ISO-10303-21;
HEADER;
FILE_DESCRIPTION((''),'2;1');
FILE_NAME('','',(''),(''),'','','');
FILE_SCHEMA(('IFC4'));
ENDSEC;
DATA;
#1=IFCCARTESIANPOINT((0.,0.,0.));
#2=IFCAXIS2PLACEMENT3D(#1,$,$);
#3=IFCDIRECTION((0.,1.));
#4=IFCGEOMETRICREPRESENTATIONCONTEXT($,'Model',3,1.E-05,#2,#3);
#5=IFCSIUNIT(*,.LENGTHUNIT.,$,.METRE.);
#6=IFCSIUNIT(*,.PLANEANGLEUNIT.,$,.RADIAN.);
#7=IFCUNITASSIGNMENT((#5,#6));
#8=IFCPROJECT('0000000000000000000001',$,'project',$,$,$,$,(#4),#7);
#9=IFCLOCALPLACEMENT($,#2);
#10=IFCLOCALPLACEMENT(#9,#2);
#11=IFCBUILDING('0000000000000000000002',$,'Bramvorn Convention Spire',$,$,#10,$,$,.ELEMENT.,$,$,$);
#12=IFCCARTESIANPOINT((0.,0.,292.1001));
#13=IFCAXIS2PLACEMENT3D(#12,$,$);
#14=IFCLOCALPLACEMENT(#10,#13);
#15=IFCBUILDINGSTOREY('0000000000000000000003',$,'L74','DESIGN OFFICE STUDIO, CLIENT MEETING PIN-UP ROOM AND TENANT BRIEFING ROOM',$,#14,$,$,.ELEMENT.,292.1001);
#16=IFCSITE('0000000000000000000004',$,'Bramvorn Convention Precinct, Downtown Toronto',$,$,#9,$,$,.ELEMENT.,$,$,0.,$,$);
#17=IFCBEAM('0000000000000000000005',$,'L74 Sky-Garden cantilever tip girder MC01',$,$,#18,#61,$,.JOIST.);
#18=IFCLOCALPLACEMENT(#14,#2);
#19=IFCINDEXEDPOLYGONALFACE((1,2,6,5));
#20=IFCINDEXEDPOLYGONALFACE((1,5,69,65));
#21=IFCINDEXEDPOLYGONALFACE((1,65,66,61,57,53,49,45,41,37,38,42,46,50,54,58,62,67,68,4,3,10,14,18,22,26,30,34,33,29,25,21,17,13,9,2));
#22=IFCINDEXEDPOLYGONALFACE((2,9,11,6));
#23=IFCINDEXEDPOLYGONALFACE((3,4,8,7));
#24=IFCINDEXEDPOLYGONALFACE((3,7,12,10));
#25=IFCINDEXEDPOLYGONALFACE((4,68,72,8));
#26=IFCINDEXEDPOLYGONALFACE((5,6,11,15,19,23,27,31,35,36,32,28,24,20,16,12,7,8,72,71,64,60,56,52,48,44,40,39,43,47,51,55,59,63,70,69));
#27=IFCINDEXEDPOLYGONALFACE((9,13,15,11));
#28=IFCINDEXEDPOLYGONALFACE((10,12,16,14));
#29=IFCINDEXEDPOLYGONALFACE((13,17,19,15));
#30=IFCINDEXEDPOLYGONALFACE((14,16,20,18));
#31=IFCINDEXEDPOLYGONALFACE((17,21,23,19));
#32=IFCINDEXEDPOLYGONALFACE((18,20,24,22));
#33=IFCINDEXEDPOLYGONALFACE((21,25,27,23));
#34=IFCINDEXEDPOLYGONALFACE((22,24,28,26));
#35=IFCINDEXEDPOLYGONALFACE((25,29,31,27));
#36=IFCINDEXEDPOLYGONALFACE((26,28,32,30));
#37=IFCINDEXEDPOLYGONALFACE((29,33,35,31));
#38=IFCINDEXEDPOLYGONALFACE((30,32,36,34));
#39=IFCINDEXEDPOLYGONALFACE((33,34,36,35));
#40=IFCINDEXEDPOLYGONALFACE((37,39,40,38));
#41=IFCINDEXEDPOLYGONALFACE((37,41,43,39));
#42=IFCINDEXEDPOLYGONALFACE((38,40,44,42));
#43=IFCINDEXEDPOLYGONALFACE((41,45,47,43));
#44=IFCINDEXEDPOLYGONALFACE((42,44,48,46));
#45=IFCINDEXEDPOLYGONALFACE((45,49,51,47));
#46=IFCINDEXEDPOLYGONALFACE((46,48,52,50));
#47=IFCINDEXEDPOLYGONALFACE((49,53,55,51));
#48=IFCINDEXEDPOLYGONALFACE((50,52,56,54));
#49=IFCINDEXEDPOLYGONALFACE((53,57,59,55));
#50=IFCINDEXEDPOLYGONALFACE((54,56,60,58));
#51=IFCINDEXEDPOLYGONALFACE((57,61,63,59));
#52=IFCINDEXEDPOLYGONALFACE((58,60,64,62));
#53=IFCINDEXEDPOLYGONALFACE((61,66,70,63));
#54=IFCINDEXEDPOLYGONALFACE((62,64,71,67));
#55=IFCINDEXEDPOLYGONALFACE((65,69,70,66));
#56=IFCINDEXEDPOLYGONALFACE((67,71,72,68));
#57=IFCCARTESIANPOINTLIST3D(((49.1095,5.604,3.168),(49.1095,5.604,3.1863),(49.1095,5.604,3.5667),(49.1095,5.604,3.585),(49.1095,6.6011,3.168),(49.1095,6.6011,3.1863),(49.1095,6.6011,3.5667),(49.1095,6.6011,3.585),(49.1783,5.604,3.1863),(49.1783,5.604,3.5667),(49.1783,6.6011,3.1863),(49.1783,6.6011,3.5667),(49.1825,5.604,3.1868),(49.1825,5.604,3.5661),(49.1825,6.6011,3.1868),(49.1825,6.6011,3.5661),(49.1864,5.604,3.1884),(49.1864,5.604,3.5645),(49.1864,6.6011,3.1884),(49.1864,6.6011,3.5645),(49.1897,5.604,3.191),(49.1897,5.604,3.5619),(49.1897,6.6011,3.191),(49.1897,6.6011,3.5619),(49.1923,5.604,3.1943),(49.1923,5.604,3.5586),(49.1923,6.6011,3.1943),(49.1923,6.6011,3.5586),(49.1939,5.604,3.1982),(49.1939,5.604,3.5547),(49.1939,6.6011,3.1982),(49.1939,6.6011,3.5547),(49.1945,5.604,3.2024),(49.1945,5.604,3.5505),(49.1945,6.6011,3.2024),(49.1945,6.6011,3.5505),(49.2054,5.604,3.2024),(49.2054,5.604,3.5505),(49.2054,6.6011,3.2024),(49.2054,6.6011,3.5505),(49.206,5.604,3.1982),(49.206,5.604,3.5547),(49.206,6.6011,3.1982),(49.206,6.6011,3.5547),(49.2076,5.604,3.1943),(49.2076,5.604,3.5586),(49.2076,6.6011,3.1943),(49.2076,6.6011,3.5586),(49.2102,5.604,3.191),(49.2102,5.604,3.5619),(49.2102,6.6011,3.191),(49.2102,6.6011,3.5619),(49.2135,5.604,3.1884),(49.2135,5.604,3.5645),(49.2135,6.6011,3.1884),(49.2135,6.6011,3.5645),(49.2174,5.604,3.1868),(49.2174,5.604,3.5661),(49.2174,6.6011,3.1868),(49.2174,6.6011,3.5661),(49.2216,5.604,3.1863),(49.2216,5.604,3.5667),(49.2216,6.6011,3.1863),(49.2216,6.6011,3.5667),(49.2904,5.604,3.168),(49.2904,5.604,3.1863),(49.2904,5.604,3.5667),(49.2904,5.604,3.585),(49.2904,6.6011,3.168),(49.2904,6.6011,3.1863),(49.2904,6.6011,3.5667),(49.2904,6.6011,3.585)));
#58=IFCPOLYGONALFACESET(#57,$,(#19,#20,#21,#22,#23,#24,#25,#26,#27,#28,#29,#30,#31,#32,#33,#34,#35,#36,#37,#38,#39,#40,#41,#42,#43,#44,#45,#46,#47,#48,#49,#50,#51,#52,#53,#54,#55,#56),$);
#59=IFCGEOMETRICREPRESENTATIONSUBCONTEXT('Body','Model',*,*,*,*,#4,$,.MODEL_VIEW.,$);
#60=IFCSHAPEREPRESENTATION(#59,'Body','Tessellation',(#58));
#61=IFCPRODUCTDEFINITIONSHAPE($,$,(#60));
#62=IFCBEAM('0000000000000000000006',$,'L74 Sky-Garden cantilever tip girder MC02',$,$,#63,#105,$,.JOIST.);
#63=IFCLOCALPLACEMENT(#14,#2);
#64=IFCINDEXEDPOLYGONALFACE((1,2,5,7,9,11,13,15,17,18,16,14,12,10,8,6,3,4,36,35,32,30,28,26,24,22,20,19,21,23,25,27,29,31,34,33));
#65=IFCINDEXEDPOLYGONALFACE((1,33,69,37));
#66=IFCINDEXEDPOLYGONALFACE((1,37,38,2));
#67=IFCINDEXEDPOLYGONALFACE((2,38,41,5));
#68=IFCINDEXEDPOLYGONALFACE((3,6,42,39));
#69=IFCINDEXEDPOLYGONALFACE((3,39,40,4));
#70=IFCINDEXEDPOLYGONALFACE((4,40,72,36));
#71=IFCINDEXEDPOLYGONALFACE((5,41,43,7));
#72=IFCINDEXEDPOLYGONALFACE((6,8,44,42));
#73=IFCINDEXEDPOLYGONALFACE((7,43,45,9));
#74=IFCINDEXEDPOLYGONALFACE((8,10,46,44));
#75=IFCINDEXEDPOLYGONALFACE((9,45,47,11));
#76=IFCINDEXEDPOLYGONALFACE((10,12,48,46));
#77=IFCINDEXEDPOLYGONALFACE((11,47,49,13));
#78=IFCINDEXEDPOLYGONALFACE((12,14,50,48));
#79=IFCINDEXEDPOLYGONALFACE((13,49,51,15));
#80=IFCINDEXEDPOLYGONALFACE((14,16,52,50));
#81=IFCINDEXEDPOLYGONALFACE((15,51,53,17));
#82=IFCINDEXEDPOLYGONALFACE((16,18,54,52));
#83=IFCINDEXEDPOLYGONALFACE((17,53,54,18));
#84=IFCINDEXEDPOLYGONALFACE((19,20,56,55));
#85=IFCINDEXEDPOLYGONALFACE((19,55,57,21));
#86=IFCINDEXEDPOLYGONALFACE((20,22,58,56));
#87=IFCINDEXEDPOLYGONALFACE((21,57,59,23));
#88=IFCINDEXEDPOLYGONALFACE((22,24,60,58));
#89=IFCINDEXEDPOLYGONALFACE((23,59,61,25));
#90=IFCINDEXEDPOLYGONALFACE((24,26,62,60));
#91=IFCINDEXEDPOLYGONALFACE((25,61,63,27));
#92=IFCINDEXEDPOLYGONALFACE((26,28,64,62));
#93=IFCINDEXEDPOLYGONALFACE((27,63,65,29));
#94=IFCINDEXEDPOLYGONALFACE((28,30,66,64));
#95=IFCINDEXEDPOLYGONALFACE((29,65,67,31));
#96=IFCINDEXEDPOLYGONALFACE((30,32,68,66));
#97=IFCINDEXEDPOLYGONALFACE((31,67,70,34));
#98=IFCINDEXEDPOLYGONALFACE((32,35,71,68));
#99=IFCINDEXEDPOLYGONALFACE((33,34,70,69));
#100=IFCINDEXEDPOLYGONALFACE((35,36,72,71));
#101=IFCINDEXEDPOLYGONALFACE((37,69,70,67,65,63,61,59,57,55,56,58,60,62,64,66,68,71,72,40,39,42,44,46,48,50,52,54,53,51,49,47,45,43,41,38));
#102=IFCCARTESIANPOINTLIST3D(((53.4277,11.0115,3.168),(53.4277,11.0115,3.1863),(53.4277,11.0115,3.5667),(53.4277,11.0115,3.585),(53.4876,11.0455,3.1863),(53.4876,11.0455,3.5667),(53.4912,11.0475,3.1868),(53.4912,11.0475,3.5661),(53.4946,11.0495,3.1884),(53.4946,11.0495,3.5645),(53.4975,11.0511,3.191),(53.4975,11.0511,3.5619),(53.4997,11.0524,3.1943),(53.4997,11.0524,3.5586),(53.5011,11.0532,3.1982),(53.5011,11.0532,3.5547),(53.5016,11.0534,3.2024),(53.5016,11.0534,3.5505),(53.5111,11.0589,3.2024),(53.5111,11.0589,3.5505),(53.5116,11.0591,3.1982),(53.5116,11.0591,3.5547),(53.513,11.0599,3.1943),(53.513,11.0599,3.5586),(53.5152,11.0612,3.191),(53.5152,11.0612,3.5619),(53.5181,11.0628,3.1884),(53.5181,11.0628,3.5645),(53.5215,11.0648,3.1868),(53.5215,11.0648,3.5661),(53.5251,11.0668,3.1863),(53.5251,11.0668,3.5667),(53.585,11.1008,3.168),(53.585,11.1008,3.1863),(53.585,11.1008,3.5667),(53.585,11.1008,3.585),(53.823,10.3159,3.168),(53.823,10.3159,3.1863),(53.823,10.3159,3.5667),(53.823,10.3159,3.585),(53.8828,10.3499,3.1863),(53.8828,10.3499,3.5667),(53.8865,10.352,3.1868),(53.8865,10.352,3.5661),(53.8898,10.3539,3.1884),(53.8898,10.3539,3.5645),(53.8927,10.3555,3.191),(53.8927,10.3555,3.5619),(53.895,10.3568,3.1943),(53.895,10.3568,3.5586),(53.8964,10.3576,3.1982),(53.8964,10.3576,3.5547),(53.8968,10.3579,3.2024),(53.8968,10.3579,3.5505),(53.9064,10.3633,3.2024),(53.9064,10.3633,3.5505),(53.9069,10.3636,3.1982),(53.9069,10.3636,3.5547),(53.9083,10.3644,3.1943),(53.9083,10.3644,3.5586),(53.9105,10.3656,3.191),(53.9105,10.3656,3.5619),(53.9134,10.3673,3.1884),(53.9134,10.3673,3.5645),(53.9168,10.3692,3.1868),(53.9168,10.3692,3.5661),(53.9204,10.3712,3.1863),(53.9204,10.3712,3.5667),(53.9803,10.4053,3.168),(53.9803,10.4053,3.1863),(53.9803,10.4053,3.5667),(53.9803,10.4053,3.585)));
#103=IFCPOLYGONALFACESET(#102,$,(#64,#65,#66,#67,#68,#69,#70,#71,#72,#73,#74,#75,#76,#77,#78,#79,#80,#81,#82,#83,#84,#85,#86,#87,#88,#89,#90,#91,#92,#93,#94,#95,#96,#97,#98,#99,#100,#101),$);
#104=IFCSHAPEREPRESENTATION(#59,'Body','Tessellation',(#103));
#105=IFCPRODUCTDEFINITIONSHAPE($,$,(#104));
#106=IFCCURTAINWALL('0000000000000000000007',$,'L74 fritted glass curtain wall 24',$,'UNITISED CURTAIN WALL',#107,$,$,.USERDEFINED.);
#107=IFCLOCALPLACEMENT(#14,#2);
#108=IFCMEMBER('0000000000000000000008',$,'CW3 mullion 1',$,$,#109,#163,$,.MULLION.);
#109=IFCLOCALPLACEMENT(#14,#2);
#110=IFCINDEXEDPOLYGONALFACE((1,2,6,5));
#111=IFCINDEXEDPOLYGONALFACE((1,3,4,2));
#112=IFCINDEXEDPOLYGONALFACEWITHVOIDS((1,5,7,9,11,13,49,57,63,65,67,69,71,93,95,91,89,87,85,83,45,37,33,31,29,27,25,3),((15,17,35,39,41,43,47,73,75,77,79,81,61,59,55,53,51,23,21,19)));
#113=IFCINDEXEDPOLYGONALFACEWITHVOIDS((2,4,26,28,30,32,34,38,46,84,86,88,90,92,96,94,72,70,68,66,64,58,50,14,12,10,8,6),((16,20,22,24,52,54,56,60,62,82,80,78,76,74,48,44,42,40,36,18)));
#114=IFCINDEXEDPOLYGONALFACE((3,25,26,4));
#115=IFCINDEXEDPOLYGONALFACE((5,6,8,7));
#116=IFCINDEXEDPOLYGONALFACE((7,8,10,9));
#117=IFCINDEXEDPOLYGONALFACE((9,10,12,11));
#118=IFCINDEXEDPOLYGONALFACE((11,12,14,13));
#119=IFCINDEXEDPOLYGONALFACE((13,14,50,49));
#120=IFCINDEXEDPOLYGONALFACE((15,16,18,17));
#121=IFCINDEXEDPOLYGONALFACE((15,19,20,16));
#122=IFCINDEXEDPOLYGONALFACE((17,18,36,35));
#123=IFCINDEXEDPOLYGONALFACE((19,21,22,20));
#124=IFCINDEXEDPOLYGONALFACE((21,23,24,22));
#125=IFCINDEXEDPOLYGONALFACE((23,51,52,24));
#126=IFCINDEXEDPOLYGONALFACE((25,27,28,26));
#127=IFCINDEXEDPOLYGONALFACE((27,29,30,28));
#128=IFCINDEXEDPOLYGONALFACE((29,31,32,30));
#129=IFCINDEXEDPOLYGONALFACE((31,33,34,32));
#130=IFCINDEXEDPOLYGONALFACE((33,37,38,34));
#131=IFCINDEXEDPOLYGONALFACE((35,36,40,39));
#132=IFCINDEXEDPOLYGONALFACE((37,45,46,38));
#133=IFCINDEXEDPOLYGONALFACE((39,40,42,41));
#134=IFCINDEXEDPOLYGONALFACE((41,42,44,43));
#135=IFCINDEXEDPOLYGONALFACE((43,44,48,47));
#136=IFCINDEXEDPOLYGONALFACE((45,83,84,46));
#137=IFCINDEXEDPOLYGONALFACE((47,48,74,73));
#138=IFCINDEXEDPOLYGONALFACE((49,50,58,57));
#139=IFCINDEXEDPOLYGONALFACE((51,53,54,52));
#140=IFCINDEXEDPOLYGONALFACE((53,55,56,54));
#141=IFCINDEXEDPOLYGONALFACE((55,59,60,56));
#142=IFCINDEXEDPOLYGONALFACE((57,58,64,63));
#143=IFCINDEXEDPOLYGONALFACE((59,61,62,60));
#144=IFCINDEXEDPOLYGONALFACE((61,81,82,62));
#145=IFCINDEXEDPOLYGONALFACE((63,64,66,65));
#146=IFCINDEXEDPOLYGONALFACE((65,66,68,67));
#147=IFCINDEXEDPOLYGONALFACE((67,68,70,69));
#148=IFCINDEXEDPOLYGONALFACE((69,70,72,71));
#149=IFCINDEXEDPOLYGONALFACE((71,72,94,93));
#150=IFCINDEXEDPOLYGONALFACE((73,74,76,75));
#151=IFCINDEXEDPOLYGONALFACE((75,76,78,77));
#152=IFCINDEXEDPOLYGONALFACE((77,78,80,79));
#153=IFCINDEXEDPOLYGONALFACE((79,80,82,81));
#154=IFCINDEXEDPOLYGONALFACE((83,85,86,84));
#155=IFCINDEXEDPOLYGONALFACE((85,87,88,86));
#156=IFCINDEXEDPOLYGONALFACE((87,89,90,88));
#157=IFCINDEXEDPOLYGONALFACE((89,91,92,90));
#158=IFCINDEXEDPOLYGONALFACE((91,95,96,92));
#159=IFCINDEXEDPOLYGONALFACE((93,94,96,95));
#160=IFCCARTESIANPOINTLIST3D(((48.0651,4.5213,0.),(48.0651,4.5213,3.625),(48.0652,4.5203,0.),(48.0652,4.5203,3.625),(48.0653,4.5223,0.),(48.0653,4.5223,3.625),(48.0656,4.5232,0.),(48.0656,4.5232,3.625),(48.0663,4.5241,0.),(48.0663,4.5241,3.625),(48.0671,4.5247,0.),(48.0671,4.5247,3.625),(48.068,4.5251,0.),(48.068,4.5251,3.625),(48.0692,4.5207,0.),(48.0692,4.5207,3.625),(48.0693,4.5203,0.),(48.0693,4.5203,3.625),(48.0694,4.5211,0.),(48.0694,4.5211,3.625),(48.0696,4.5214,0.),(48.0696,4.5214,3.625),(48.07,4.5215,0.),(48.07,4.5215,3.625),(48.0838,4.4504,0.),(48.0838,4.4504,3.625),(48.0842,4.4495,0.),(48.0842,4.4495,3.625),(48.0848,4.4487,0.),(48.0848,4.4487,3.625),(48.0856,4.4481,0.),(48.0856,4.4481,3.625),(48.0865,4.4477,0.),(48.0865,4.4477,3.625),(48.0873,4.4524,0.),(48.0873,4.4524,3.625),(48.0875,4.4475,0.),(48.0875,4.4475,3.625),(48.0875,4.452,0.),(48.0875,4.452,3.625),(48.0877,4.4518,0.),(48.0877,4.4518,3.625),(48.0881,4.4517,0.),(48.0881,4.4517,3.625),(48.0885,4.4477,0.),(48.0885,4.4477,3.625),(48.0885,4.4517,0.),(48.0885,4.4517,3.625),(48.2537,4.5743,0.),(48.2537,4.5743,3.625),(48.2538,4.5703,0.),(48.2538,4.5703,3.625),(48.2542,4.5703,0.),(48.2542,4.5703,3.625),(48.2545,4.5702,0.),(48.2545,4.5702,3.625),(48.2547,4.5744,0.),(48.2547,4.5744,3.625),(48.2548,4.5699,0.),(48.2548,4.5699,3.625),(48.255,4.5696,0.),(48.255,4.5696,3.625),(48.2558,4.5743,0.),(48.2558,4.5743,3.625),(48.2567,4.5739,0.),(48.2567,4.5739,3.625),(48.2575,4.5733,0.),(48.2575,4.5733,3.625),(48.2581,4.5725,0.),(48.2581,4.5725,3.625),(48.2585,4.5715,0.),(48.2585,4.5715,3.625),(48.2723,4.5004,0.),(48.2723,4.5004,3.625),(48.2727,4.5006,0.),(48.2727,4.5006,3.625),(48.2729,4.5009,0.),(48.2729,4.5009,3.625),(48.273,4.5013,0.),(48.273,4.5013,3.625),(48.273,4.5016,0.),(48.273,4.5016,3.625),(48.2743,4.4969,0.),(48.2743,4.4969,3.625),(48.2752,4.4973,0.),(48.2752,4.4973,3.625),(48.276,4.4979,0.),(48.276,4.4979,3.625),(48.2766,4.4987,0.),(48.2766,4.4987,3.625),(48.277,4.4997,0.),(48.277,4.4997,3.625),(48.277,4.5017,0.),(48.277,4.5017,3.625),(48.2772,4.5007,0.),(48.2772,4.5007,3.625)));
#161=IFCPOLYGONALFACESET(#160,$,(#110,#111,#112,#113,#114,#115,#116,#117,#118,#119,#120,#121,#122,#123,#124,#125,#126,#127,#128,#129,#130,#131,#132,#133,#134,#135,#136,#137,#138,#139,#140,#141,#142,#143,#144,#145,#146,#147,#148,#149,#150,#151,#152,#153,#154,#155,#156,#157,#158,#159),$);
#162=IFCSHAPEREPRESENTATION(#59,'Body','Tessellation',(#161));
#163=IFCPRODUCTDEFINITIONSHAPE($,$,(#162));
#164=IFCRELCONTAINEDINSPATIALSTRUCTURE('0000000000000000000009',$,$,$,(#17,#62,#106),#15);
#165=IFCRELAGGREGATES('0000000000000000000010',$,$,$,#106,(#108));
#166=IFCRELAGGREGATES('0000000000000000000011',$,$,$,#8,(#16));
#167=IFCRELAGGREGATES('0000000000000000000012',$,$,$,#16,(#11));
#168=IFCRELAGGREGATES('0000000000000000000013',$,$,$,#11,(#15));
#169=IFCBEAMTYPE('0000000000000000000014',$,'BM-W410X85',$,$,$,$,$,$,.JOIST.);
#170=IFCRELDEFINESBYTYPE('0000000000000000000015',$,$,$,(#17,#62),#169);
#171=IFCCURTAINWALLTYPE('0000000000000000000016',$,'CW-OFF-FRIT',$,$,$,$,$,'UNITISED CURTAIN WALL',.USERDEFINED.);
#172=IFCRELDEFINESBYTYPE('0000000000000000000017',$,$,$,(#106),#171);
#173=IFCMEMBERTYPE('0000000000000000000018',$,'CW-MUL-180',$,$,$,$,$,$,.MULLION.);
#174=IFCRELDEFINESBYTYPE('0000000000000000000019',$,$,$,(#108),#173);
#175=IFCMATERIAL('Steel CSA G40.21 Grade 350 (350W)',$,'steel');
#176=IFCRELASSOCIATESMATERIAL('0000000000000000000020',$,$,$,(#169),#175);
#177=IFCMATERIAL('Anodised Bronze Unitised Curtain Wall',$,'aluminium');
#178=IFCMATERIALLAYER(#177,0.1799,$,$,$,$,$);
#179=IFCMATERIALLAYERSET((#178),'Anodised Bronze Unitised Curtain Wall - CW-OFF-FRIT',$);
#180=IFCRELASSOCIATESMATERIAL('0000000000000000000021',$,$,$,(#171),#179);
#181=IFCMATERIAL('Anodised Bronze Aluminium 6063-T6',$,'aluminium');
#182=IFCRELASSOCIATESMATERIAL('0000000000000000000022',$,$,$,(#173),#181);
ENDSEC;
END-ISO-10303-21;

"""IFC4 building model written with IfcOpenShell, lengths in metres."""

from ifc_helpers import new_model, si_unit, direction, frame, origin, origin_2d, place, context, subcontext, project, spatial, hollow_rectangle, i_section, extrude, material, layer, layer_set, material_profile, profile_set, type_object, element, aggregate, save


model = new_model("IFC4")

# Units and contexts
model_context = context("Model", 3, precision=1e-05, world=origin(), true_north=direction((0.0, 1.0)))
body_context = subcontext(model_context, "Body", "Model", "MODEL_VIEW")
ifc_project = project(units=[si_unit("LENGTHUNIT", "METRE"), si_unit("PLANEANGLEUNIT", "RADIAN")], contexts=[model_context])

# Site, building, storey
site_placement = place(None, origin())
site = spatial("IfcSite", under=ifc_project, at=site_placement, Name="Bramvorn Convention Precinct, Downtown Toronto", CompositionType="ELEMENT", RefElevation=0.0)
building_placement = place(site_placement, origin())
building = spatial("IfcBuilding", under=site, at=building_placement, Name="Bramvorn Convention Spire", CompositionType="ELEMENT")
storey_placement = place(building_placement, frame((0.0, 0.0, 292.1001)))
storey = spatial("IfcBuildingStorey", under=building, at=storey_placement, Name="L74", Description="DESIGN OFFICE STUDIO, CLIENT MEETING PIN-UP ROOM AND TENANT BRIEFING ROOM", CompositionType="ELEMENT", Elevation=292.1001)

# Shared definitions
ifc_material_1 = material(Name="Steel CSA G40.21 Grade 350 (350W)", Category="steel")

# Beams
ifc_material_profile_1 = material_profile(ifc_material_1, i_section(OverallWidth=0.1809, OverallDepth=0.417, WebThickness=0.011, FlangeThickness=0.0183, FilletRadius=0.0161, at=origin_2d()))
ifc_profile_set_1 = profile_set([ifc_material_profile_1], Name="Steel CSA G40.21 Grade 350 (350W) - W410X85")
beam_type_1 = type_object("IfcBeamType", Name="BM-W410X85", PredefinedType="JOIST", material=ifc_profile_set_1)
beam_1_placement = place(storey_placement, frame((49.2, 6.6011, 3.3765), z_axis=(0.0, -1.0, 0.0), x_axis=(1.0, 0.0, 0.0)))
element("IfcBeam", 1, at=beam_1_placement, inside=storey, type_object=beam_type_1, Name="L74 Sky-Garden cantilever tip girder MC01", PredefinedType="JOIST", context=body_context, shape_type="SweptSolid", body=[
    extrude(i_section(OverallWidth=0.1809, OverallDepth=0.417, WebThickness=0.011, FlangeThickness=0.0183, FilletRadius=0.0161, at=origin_2d()), origin(), (0.0, 0.0, 1.0), 0.9971),
])
beam_2_placement = place(storey_placement, frame((53.5063, 11.0562, 3.3765), z_axis=(0.494067, -0.869424, 0.0), x_axis=(0.869424, 0.494067, 0.0)))
element("IfcBeam", 2, at=beam_2_placement, inside=storey, type_object=beam_type_1, Name="L74 Sky-Garden cantilever tip girder MC02", PredefinedType="JOIST", context=body_context, shape_type="SweptSolid", body=[
    extrude(i_section(OverallWidth=0.1809, OverallDepth=0.417, WebThickness=0.011, FlangeThickness=0.0183, FilletRadius=0.0161, at=origin_2d()), origin(), (0.0, 0.0, 1.0), 0.8),
])

# Curtain wall, member
ifc_material_2 = material(Name="Anodised Bronze Unitised Curtain Wall", Category="aluminium")
ifc_layer_1 = layer(ifc_material_2, 0.1799)
ifc_layer_set_1 = layer_set([ifc_layer_1], Name="Anodised Bronze Unitised Curtain Wall - CW-OFF-FRIT")
curtain_wall_type = type_object("IfcCurtainWallType", Name="CW-OFF-FRIT", ElementType="UNITISED CURTAIN WALL", PredefinedType="USERDEFINED", material=ifc_layer_set_1)
curtain_wall_placement = place(storey_placement, origin())
curtain_wall = element("IfcCurtainWall", 3, at=curtain_wall_placement, inside=storey, type_object=curtain_wall_type, Name="L74 fritted glass curtain wall 24", ObjectType="UNITISED CURTAIN WALL", PredefinedType="USERDEFINED")
ifc_material_3 = material(Name="Anodised Bronze Aluminium 6063-T6", Category="aluminium")
ifc_material_profile_2 = material_profile(ifc_material_3, hollow_rectangle(XDim=0.0801, YDim=0.2, WallThickness=0.0039, InnerFilletRadius=0.001, OuterFilletRadius=0.0039, at=origin_2d()))
ifc_profile_set_2 = profile_set([ifc_material_profile_2], Name="Anodised Bronze Aluminium 6063-T6 - CWM80X200")
member_type_1 = type_object("IfcMemberType", Name="CW-MUL-180", PredefinedType="MULLION", material=ifc_profile_set_2)
member_1_placement = place(storey_placement, frame((48.1711, 4.511, 0.0), z_axis=(0.0, 0.0, 1.0), x_axis=(0.256354, -0.966583, 0.0)))
member_1 = element("IfcMember", 4, at=member_1_placement, type_object=member_type_1, Name="CW3 mullion 1", PredefinedType="MULLION", context=body_context, shape_type="SweptSolid", body=[
    extrude(hollow_rectangle(XDim=0.0801, YDim=0.2, WallThickness=0.0039, InnerFilletRadius=0.001, OuterFilletRadius=0.0039, at=origin_2d()), origin(), (0.0, 0.0, 1.0), 3.625),
])
aggregate(curtain_wall, [member_1])

save(model, "model.ifc")
